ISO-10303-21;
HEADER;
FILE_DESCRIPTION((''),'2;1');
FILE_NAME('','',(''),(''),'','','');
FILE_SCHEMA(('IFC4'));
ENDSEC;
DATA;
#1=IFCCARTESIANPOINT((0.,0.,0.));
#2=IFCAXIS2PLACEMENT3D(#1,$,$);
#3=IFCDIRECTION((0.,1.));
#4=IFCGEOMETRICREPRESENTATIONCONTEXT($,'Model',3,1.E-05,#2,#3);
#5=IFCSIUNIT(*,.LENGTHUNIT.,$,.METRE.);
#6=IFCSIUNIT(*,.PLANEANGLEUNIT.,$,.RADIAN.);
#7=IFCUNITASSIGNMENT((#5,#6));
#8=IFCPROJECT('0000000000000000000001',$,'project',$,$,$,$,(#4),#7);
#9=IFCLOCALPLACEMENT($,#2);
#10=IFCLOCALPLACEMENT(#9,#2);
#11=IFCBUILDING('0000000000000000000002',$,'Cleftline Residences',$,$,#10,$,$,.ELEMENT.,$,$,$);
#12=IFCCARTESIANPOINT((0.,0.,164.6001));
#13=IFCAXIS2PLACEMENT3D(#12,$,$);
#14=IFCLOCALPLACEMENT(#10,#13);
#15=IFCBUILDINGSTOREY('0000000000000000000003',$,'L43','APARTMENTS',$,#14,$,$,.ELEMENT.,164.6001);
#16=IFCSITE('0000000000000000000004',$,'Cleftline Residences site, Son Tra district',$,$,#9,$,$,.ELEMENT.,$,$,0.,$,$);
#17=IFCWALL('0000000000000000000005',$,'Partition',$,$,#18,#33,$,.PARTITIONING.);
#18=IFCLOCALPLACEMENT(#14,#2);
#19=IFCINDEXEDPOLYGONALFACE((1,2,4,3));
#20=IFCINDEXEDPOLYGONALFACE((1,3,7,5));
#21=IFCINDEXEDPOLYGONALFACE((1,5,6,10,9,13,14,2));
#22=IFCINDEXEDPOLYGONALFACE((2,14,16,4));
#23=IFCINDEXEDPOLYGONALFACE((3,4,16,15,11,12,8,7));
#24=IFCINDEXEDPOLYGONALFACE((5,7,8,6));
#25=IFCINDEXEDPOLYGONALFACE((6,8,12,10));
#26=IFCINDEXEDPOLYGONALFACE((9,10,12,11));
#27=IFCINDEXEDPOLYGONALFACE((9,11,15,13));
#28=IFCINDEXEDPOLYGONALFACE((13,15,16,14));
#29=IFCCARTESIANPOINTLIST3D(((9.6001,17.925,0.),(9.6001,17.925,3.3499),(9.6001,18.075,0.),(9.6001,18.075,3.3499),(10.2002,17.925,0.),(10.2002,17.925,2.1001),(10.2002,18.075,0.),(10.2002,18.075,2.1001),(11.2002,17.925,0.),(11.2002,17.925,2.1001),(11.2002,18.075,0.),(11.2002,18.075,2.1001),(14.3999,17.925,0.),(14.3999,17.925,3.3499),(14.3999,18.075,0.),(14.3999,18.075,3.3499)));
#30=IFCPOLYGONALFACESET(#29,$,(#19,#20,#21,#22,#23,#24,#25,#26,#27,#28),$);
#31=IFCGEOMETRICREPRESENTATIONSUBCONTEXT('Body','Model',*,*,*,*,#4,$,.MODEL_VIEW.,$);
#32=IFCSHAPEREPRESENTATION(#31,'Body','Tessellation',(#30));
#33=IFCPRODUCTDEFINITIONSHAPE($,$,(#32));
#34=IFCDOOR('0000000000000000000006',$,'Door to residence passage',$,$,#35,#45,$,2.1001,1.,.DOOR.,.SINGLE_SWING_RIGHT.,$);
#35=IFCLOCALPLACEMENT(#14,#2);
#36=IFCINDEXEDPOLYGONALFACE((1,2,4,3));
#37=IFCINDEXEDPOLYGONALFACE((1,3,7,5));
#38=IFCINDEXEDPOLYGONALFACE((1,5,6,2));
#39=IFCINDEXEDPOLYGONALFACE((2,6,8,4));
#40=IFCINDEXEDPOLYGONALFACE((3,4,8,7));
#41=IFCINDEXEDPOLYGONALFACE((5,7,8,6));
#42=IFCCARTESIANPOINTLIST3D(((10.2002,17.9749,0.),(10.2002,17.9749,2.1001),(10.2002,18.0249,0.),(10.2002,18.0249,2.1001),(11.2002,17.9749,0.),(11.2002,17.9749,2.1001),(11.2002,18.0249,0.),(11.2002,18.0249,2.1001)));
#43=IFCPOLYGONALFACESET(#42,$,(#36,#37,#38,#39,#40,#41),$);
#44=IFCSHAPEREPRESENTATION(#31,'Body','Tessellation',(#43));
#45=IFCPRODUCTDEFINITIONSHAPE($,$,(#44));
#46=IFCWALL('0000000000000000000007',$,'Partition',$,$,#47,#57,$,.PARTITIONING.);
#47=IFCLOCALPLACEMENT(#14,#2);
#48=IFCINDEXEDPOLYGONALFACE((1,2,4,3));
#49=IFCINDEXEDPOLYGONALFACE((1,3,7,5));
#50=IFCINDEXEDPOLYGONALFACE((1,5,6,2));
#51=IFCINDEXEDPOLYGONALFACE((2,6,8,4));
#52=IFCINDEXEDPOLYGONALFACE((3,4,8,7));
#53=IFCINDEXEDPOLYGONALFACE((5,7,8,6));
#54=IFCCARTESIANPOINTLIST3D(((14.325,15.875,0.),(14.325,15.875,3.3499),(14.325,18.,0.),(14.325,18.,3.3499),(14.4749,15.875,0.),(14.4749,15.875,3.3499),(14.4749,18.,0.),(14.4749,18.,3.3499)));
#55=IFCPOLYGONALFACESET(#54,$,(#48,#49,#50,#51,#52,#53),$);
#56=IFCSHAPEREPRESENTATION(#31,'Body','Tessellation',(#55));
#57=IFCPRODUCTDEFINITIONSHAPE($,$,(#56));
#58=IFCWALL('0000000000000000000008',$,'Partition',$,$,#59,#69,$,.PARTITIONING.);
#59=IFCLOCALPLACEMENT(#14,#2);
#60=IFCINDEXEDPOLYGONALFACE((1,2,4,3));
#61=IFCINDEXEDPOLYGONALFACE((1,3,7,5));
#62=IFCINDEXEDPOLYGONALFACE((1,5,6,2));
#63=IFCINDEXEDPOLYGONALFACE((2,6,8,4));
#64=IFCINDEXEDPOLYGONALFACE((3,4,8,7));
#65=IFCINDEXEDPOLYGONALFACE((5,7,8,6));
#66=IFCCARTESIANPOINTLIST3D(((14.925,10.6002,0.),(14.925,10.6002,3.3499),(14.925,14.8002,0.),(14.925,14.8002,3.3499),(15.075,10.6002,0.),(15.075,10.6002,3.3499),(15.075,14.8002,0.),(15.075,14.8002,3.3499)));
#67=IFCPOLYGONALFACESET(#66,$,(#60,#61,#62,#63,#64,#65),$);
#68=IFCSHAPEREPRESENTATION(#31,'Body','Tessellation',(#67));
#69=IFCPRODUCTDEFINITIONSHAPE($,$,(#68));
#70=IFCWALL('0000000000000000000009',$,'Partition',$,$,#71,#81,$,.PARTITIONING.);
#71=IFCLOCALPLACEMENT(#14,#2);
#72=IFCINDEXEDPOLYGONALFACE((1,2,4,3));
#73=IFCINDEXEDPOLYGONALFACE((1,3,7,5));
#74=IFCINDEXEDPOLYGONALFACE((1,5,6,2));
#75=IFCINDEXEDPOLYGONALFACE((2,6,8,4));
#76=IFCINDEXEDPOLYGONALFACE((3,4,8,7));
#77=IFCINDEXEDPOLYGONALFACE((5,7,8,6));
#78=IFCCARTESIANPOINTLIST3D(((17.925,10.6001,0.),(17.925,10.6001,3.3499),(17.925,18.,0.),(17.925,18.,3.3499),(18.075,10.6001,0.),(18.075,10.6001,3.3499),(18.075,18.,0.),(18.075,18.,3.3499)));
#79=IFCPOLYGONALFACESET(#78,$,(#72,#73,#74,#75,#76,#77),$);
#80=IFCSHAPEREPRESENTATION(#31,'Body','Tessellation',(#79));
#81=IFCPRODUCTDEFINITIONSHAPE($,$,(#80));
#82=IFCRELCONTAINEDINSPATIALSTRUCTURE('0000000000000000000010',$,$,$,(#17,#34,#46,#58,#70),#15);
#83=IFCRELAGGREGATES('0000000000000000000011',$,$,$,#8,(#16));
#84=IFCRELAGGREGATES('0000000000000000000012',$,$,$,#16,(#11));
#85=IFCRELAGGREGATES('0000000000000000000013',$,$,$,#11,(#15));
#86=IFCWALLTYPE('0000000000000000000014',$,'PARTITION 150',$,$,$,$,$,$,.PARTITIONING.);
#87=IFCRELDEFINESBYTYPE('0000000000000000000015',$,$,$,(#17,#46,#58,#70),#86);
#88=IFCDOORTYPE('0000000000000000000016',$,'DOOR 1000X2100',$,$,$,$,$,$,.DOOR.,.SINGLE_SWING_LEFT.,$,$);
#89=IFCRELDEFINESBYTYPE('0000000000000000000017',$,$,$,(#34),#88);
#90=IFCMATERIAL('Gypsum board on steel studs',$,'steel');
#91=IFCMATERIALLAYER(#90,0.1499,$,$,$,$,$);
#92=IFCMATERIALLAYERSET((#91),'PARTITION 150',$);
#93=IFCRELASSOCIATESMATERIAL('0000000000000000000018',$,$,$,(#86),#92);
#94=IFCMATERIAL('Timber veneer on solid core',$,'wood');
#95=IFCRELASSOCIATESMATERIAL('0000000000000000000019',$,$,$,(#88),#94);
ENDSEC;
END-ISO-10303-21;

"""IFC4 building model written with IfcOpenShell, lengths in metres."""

from ifc_helpers import new_model, si_unit, direction, frame, frame_2d, origin, place, context, subcontext, project, spatial, rectangle, extrude, material, layer, layer_set, type_object, element, fill, save


model = new_model("IFC4")

# Units and contexts
model_context = context("Model", 3, precision=1e-05, world=origin(), true_north=direction((0.0, 1.0)))
body_context = subcontext(model_context, "Body", "Model", "MODEL_VIEW")
ifc_project = project(units=[si_unit("LENGTHUNIT", "METRE"), si_unit("PLANEANGLEUNIT", "RADIAN")], contexts=[model_context])

# Site, building, storey
site_placement = place(None, origin())
site = spatial("IfcSite", under=ifc_project, at=site_placement, Name="Cleftline Residences site, Son Tra district", CompositionType="ELEMENT", RefElevation=0.0)
building_placement = place(site_placement, origin())
building = spatial("IfcBuilding", under=site, at=building_placement, Name="Cleftline Residences", CompositionType="ELEMENT")
storey_placement = place(building_placement, frame((0.0, 0.0, 164.6001)))
storey = spatial("IfcBuildingStorey", under=building, at=storey_placement, Name="L43", Description="APARTMENTS", CompositionType="ELEMENT", Elevation=164.6001)

# Shared definitions
ifc_material_1 = material(Name="Gypsum board on steel studs", Category="steel")
ifc_layer_1 = layer(ifc_material_1, 0.1499)
ifc_layer_set_1 = layer_set([ifc_layer_1], Name="PARTITION 150")
wall_type_1 = type_object("IfcWallType", Name="PARTITION 150", PredefinedType="PARTITIONING", material=ifc_layer_set_1)

# Wall, opening, door
wall_1_placement = place(storey_placement, frame((9.6001, 18.0, 0.0), z_axis=(0.0, 0.0, 1.0), x_axis=(1.0, 0.0, 0.0)))
wall_1 = element("IfcWall", 1, at=wall_1_placement, inside=storey, type_object=wall_type_1, Name="Partition", PredefinedType="PARTITIONING", context=body_context, shape_type="SweptSolid", body=[
    extrude(rectangle(XDim=4.7998, YDim=0.1499, at=frame_2d((2.3999, 0.0))), origin(), (0.0, 0.0, 1.0), 3.3499),
])
opening_1_placement = place(wall_1_placement, frame((0.6001, 0.0, 0.0)))
opening_1 = element("IfcOpeningElement", 2, at=opening_1_placement, cuts=wall_1, PredefinedType="OPENING", context=body_context, shape_type="SweptSolid", body=[
    extrude(rectangle(XDim=1.0, YDim=2.1001, at=frame_2d((0.5, 1.05))), frame((0.0, 0.085, 0.0), z_axis=(0.0, -1.0, 0.0), x_axis=(1.0, 0.0, 0.0)), (0.0, 0.0, 1.0), 0.1699),
])
ifc_material_2 = material(Name="Timber veneer on solid core", Category="wood")
door_type_1 = type_object("IfcDoorType", Name="DOOR 1000X2100", OperationType="SINGLE_SWING_LEFT", PredefinedType="DOOR", material=ifc_material_2)
door_1_placement = place(opening_1_placement, origin())
door_1 = element("IfcDoor", 3, at=door_1_placement, inside=storey, type_object=door_type_1, Name="Door to residence passage", OperationType="SINGLE_SWING_RIGHT", OverallHeight=2.1001, OverallWidth=1.0, PredefinedType="DOOR", context=body_context, shape_type="SweptSolid", body=[
    extrude(rectangle(XDim=1.0, YDim=2.1001, at=frame_2d((0.5, 1.05))), frame((0.0, 0.0249, 0.0), z_axis=(0.0, -1.0, 0.0), x_axis=(1.0, 0.0, 0.0)), (0.0, 0.0, 1.0), 0.05),
])
fill(opening_1, door_1)

# Walls
wall_2_placement = place(storey_placement, frame((14.3999, 15.875, 0.0), z_axis=(0.0, 0.0, 1.0), x_axis=(0.0, 1.0, 0.0)))
element("IfcWall", 4, at=wall_2_placement, inside=storey, type_object=wall_type_1, Name="Partition", PredefinedType="PARTITIONING", context=body_context, shape_type="SweptSolid", body=[
    extrude(rectangle(XDim=2.125, YDim=0.1499, at=frame_2d((1.0625, 0.0))), origin(), (0.0, 0.0, 1.0), 3.3499),
])
wall_3_placement = place(storey_placement, frame((15.0, 10.6001, 0.0), z_axis=(0.0, 0.0, 1.0), x_axis=(0.0, 1.0, 0.0)))
element("IfcWall", 5, at=wall_3_placement, inside=storey, type_object=wall_type_1, Name="Partition", PredefinedType="PARTITIONING", context=body_context, shape_type="SweptSolid", body=[
    extrude(rectangle(XDim=4.2, YDim=0.1499, at=frame_2d((2.1001, 0.0))), origin(), (0.0, 0.0, 1.0), 3.3499),
])
wall_4_placement = place(storey_placement, frame((18.0, 10.6001, 0.0), z_axis=(0.0, 0.0, 1.0), x_axis=(0.0, 1.0, 0.0)))
element("IfcWall", 6, at=wall_4_placement, inside=storey, type_object=wall_type_1, Name="Partition", PredefinedType="PARTITIONING", context=body_context, shape_type="SweptSolid", body=[
    extrude(rectangle(XDim=7.3999, YDim=0.1499, at=frame_2d((3.7, 0.0))), origin(), (0.0, 0.0, 1.0), 3.3499),
])

save(model, "model.ifc")
